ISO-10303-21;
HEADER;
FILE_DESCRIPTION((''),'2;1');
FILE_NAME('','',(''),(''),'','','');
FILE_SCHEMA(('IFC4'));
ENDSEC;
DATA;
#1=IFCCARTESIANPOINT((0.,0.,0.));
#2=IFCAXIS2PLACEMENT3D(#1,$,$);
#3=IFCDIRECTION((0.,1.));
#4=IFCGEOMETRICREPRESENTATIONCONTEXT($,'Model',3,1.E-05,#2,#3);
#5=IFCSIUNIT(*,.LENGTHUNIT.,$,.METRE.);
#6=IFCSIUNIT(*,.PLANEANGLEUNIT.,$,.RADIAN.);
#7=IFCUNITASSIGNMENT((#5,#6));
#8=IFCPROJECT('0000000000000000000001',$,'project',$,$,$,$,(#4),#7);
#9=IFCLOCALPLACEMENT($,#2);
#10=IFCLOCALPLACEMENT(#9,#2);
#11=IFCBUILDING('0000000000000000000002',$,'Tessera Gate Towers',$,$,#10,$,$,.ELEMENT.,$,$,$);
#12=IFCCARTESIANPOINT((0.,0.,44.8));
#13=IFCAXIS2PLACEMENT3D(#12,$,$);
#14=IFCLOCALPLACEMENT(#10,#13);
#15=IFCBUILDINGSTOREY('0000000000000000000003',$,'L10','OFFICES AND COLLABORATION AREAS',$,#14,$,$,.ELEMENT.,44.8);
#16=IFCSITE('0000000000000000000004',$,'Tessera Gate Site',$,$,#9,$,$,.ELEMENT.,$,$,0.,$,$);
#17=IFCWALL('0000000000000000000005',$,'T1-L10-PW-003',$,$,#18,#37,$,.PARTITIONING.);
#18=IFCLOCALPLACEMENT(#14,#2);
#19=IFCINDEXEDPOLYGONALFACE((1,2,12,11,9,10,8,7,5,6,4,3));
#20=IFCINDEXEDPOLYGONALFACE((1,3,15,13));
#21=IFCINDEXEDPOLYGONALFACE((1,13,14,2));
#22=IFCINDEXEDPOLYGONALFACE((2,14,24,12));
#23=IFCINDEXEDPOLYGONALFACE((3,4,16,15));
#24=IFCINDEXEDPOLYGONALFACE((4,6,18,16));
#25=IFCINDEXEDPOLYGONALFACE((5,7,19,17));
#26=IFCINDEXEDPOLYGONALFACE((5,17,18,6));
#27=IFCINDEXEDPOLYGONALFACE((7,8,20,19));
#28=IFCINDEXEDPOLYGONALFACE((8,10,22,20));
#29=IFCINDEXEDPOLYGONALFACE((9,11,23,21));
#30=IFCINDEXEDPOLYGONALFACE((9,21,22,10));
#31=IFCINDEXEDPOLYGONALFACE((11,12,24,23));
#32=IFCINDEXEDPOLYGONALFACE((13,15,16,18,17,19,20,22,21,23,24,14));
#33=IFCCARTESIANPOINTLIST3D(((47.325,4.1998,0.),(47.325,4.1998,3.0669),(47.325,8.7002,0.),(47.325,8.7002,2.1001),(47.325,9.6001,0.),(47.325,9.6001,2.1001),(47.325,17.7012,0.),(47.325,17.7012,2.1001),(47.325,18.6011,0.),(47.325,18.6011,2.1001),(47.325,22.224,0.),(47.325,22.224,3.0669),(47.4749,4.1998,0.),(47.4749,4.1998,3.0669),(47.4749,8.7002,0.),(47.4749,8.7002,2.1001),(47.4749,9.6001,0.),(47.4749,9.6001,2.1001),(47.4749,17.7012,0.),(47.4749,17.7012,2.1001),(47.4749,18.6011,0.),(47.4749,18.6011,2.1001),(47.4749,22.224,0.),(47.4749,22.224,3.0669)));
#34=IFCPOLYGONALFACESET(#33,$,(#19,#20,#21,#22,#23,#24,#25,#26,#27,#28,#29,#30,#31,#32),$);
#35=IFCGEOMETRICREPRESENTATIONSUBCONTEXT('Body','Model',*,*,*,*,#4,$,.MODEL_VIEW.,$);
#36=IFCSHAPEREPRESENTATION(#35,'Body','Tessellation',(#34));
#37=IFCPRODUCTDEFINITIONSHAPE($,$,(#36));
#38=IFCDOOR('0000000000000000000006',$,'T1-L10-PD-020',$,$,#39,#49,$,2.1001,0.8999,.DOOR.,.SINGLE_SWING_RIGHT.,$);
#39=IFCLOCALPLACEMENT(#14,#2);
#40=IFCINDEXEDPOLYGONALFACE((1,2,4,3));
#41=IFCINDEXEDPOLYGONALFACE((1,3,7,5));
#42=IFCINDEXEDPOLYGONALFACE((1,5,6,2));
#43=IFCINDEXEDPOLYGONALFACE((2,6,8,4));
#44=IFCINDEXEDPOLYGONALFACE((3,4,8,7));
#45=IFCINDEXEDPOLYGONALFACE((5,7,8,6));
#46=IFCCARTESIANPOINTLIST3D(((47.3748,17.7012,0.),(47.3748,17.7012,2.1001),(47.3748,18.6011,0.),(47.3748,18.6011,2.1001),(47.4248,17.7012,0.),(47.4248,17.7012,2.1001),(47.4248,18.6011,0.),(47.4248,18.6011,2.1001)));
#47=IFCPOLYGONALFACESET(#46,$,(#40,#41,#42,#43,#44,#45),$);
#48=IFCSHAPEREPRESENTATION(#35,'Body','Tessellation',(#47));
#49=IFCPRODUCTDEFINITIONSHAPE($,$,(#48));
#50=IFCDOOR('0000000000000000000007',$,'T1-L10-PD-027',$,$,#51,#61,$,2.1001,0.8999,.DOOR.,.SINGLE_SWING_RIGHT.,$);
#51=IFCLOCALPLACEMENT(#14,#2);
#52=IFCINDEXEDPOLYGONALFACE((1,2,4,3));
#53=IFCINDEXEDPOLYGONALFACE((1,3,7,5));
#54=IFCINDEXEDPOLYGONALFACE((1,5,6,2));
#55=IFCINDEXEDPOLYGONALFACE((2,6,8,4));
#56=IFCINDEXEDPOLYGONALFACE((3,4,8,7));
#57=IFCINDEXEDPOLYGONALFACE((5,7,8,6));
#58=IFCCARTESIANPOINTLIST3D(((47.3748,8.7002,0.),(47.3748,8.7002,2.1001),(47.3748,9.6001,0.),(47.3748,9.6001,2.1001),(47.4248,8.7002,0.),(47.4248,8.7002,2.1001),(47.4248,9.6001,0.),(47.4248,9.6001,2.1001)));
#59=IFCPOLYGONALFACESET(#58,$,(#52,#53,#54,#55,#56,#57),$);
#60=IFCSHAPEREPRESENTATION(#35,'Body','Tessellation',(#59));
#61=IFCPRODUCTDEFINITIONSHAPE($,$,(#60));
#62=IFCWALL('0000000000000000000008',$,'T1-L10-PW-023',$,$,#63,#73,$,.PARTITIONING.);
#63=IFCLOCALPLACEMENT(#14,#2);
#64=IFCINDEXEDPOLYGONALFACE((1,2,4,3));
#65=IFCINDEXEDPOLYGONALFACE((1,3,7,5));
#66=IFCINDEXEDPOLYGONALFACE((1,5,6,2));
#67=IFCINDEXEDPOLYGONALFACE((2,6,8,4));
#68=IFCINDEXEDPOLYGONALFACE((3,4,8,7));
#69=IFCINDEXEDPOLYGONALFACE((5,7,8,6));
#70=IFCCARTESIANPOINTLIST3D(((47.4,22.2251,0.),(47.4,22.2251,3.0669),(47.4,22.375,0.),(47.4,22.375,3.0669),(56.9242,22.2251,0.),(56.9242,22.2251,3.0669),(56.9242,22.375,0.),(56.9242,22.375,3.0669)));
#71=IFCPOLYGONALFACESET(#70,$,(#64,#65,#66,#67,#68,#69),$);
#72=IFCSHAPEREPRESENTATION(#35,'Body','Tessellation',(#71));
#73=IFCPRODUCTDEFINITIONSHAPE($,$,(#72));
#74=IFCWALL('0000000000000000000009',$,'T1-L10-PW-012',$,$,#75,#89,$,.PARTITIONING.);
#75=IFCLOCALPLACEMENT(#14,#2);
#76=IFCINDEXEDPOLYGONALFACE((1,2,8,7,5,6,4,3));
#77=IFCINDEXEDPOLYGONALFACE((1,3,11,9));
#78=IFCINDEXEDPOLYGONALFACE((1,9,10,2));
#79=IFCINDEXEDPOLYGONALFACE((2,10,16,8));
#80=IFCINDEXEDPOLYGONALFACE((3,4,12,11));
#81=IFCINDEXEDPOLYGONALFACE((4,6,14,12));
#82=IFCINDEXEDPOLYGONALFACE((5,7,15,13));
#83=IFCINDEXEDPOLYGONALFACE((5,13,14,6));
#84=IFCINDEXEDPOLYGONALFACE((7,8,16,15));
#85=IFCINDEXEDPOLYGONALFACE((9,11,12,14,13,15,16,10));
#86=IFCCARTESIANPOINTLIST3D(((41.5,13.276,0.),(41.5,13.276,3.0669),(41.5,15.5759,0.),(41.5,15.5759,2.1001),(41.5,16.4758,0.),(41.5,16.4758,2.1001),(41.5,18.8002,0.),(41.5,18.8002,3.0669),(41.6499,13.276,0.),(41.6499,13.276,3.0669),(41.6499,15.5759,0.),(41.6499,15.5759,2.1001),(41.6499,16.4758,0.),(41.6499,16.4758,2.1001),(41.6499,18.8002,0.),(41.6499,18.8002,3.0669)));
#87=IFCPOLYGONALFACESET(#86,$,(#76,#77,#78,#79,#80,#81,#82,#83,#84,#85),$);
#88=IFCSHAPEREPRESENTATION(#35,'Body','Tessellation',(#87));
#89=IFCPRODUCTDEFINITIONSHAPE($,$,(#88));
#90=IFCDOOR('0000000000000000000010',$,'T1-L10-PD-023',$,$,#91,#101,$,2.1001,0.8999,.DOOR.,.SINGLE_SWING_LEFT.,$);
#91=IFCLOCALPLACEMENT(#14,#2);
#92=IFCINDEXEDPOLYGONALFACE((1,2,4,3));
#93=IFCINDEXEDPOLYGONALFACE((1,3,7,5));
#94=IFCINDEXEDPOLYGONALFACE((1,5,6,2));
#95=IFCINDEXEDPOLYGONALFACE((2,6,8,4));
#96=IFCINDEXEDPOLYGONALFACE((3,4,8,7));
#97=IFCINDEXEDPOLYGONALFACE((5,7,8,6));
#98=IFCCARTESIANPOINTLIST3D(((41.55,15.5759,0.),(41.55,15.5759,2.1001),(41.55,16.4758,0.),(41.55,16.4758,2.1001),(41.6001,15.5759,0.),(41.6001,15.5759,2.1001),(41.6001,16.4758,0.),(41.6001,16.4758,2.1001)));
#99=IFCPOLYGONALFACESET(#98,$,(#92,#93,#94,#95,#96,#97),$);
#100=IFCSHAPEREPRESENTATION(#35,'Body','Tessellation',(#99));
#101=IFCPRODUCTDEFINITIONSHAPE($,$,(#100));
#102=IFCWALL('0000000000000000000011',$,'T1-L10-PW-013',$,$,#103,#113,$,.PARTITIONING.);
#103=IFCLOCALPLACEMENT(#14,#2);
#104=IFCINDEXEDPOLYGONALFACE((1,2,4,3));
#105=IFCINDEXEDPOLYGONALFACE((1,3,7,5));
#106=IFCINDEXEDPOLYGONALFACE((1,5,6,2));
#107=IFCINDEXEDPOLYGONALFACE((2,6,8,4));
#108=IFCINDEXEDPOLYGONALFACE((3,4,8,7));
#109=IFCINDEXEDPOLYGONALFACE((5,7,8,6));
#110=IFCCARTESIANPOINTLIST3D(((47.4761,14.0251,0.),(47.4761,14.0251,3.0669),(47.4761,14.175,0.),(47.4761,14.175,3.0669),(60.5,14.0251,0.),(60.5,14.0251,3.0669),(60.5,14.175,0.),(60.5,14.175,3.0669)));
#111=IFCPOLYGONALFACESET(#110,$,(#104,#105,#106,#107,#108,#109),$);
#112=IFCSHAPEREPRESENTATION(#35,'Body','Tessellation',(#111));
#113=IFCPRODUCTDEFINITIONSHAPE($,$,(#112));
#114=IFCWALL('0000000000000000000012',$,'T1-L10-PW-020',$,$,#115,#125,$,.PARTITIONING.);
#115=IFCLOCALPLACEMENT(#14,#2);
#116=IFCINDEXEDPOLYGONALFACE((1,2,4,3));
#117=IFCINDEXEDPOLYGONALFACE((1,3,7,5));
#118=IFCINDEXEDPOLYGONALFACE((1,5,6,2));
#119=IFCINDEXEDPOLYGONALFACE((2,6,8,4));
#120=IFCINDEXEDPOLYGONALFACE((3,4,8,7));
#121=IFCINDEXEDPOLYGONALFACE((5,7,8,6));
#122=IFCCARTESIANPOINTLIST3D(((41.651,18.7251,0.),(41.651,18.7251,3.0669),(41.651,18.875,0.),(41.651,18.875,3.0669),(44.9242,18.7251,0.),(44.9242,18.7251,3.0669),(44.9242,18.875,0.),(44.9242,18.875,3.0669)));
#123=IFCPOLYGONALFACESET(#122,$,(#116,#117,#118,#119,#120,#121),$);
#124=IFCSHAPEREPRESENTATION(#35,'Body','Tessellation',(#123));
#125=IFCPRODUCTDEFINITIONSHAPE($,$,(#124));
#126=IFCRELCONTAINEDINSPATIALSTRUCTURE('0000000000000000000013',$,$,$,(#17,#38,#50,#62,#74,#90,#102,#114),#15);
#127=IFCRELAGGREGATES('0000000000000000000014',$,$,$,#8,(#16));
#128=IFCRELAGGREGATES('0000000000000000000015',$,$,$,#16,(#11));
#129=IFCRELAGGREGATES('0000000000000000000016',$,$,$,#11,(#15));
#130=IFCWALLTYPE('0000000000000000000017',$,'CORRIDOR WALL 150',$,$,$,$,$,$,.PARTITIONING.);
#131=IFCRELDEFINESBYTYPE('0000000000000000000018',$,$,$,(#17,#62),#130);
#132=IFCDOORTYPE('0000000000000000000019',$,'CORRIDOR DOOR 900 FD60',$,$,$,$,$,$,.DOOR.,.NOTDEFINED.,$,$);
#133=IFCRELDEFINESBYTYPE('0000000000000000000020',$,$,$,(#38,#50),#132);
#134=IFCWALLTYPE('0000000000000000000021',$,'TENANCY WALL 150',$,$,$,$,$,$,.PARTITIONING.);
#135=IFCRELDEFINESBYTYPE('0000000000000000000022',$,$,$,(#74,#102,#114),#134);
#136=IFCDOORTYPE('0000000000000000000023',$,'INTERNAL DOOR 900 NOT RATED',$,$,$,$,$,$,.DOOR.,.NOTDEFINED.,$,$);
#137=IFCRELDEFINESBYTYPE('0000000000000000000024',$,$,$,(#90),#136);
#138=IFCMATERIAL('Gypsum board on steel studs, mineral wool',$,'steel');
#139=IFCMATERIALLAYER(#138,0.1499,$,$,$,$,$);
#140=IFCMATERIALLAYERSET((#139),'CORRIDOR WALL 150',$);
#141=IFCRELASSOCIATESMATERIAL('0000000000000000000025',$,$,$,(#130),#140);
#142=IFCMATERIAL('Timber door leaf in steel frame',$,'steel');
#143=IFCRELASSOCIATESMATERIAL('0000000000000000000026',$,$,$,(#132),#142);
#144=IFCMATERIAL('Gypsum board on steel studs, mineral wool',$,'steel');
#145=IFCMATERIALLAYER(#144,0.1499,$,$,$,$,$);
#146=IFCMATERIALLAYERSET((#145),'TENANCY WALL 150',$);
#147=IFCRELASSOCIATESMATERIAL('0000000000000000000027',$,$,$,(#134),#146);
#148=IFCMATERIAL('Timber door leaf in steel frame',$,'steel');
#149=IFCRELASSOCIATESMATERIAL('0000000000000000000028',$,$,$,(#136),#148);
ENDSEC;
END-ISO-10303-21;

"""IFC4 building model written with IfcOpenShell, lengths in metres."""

from ifc_helpers import new_model, si_unit, direction, frame, frame_2d, origin, place, context, subcontext, project, spatial, rectangle, extrude, source, transform, mapped, material, layer, layer_set, type_object, element, fill, save


model = new_model("IFC4")

# Units and contexts
model_context = context("Model", 3, precision=1e-05, world=origin(), true_north=direction((0.0, 1.0)))
body_context = subcontext(model_context, "Body", "Model", "MODEL_VIEW")
ifc_project = project(units=[si_unit("LENGTHUNIT", "METRE"), si_unit("PLANEANGLEUNIT", "RADIAN")], contexts=[model_context])

# Site, building, storey
site_placement = place(None, origin())
site = spatial("IfcSite", under=ifc_project, at=site_placement, Name="Tessera Gate Site", CompositionType="ELEMENT", RefElevation=0.0)
building_placement = place(site_placement, origin())
building = spatial("IfcBuilding", under=site, at=building_placement, Name="Tessera Gate Towers", CompositionType="ELEMENT")
storey_placement = place(building_placement, frame((0.0, 0.0, 44.8)))
storey = spatial("IfcBuildingStorey", under=building, at=storey_placement, Name="L10", Description="OFFICES AND COLLABORATION AREAS", CompositionType="ELEMENT", Elevation=44.8)

# Wall, openings, doors
ifc_material_1 = material(Name="Gypsum board on steel studs, mineral wool", Category="steel")
ifc_layer_1 = layer(ifc_material_1, 0.1499)
ifc_layer_set_1 = layer_set([ifc_layer_1], Name="CORRIDOR WALL 150")
wall_type_1 = type_object("IfcWallType", Name="CORRIDOR WALL 150", PredefinedType="PARTITIONING", material=ifc_layer_set_1)
wall_1_placement = place(storey_placement, frame((47.3999, 22.2241, 0.0), z_axis=(0.0, 0.0, 1.0), x_axis=(0.0, -1.0, 0.0)))
wall_1 = element("IfcWall", 1, at=wall_1_placement, inside=storey, type_object=wall_type_1, Name="T1-L10-PW-003", PredefinedType="PARTITIONING", context=body_context, shape_type="SweptSolid", body=[
    extrude(rectangle(XDim=18.0242, YDim=0.1499, at=frame_2d((9.0122, 0.0))), origin(), (0.0, 0.0, 1.0), 3.0669),
])
shared_shape_1 = source(origin(), body_context, "Body", "SweptSolid", [
    extrude(rectangle(XDim=0.8999, YDim=2.1001, at=frame_2d((0.45, 1.05))), frame((0.0, 0.085, 0.0), z_axis=(0.0, -1.0, 0.0), x_axis=(1.0, 0.0, 0.0)), (0.0, 0.0, 1.0), 0.1699),
])
opening_1_placement = place(wall_1_placement, frame((3.623, 0.0, 0.0)))
opening_1 = element("IfcOpeningElement", 2, at=opening_1_placement, cuts=wall_1, PredefinedType="OPENING", context=body_context, shape_type="MappedRepresentation", body=[
    mapped(shared_shape_1, transform((0.0, 0.0, 0.0), scale=1.0)),
])
opening_2_placement = place(wall_1_placement, frame((12.624, 0.0, 0.0)))
opening_2 = element("IfcOpeningElement", 3, at=opening_2_placement, cuts=wall_1, PredefinedType="OPENING", context=body_context, shape_type="MappedRepresentation", body=[
    mapped(shared_shape_1, transform((0.0, 0.0, 0.0), scale=1.0)),
])
ifc_material_2 = material(Name="Timber door leaf in steel frame", Category="steel")
door_type_1 = type_object("IfcDoorType", Name="CORRIDOR DOOR 900 FD60", OperationType="NOTDEFINED", PredefinedType="DOOR", material=ifc_material_2)
shared_shape_2 = source(origin(), body_context, "Body", "SweptSolid", [
    extrude(rectangle(XDim=0.8999, YDim=2.1001, at=frame_2d((0.45, 1.05))), frame((0.0, 0.0249, 0.0), z_axis=(0.0, -1.0, 0.0), x_axis=(1.0, 0.0, 0.0)), (0.0, 0.0, 1.0), 0.05),
])
door_1_placement = place(opening_1_placement, origin())
door_1 = element("IfcDoor", 4, at=door_1_placement, inside=storey, type_object=door_type_1, Name="T1-L10-PD-020", OperationType="SINGLE_SWING_RIGHT", OverallHeight=2.1001, OverallWidth=0.8999, PredefinedType="DOOR", context=body_context, shape_type="MappedRepresentation", body=[
    mapped(shared_shape_2, transform((0.0, 0.0, 0.0), scale=1.0)),
])
fill(opening_1, door_1)
door_2_placement = place(opening_2_placement, origin())
door_2 = element("IfcDoor", 5, at=door_2_placement, inside=storey, type_object=door_type_1, Name="T1-L10-PD-027", OperationType="SINGLE_SWING_RIGHT", OverallHeight=2.1001, OverallWidth=0.8999, PredefinedType="DOOR", context=body_context, shape_type="MappedRepresentation", body=[
    mapped(shared_shape_2, transform((0.0, 0.0, 0.0), scale=1.0)),
])
fill(opening_2, door_2)

# Wall
wall_2_placement = place(storey_placement, frame((47.3999, 22.3, 0.0), z_axis=(0.0, 0.0, 1.0), x_axis=(1.0, 0.0, 0.0)))
element("IfcWall", 6, at=wall_2_placement, inside=storey, type_object=wall_type_1, Name="T1-L10-PW-023", PredefinedType="PARTITIONING", context=body_context, shape_type="SweptSolid", body=[
    extrude(rectangle(XDim=9.5242, YDim=0.1499, at=frame_2d((4.7622, 0.0))), origin(), (0.0, 0.0, 1.0), 3.0669),
])

# Wall, opening, door
ifc_material_3 = material(Name="Gypsum board on steel studs, mineral wool", Category="steel")
ifc_layer_2 = layer(ifc_material_3, 0.1499)
ifc_layer_set_2 = layer_set([ifc_layer_2], Name="TENANCY WALL 150")
wall_type_2 = type_object("IfcWallType", Name="TENANCY WALL 150", PredefinedType="PARTITIONING", material=ifc_layer_set_2)
wall_3_placement = place(storey_placement, frame((41.575, 13.2759, 0.0), z_axis=(0.0, 0.0, 1.0), x_axis=(0.0, 1.0, 0.0)))
wall_3 = element("IfcWall", 7, at=wall_3_placement, inside=storey, type_object=wall_type_2, Name="T1-L10-PW-012", PredefinedType="PARTITIONING", context=body_context, shape_type="SweptSolid", body=[
    extrude(rectangle(XDim=5.5242, YDim=0.1499, at=frame_2d((2.7622, 0.0))), origin(), (0.0, 0.0, 1.0), 3.0669),
])
opening_3_placement = place(wall_3_placement, frame((2.3, 0.0, 0.0)))
opening_3 = element("IfcOpeningElement", 8, at=opening_3_placement, cuts=wall_3, PredefinedType="OPENING", context=body_context, shape_type="MappedRepresentation", body=[
    mapped(shared_shape_1, transform((0.0, 0.0, 0.0), scale=1.0)),
])
ifc_material_4 = material(Name="Timber door leaf in steel frame", Category="steel")
door_type_2 = type_object("IfcDoorType", Name="INTERNAL DOOR 900 NOT RATED", OperationType="NOTDEFINED", PredefinedType="DOOR", material=ifc_material_4)
door_3_placement = place(opening_3_placement, origin())
door_3 = element("IfcDoor", 9, at=door_3_placement, inside=storey, type_object=door_type_2, Name="T1-L10-PD-023", OperationType="SINGLE_SWING_LEFT", OverallHeight=2.1001, OverallWidth=0.8999, PredefinedType="DOOR", context=body_context, shape_type="MappedRepresentation", body=[
    mapped(shared_shape_2, transform((0.0, 0.0, 0.0), scale=1.0)),
])
fill(opening_3, door_3)

# Walls
wall_4_placement = place(storey_placement, frame((47.4761, 14.1001, 0.0), z_axis=(0.0, 0.0, 1.0), x_axis=(1.0, 0.0, 0.0)))
element("IfcWall", 10, at=wall_4_placement, inside=storey, type_object=wall_type_2, Name="T1-L10-PW-013", PredefinedType="PARTITIONING", context=body_context, shape_type="SweptSolid", body=[
    extrude(rectangle(XDim=13.0239, YDim=0.1499, at=frame_2d((6.512, 0.0))), origin(), (0.0, 0.0, 1.0), 3.0669),
])
wall_5_placement = place(storey_placement, frame((41.6509, 18.8, 0.0), z_axis=(0.0, 0.0, 1.0), x_axis=(1.0, 0.0, 0.0)))
element("IfcWall", 11, at=wall_5_placement, inside=storey, type_object=wall_type_2, Name="T1-L10-PW-020", PredefinedType="PARTITIONING", context=body_context, shape_type="SweptSolid", body=[
    extrude(rectangle(XDim=3.2732, YDim=0.1499, at=frame_2d((1.6367, 0.0))), origin(), (0.0, 0.0, 1.0), 3.0669),
])

save(model, "model.ifc")
